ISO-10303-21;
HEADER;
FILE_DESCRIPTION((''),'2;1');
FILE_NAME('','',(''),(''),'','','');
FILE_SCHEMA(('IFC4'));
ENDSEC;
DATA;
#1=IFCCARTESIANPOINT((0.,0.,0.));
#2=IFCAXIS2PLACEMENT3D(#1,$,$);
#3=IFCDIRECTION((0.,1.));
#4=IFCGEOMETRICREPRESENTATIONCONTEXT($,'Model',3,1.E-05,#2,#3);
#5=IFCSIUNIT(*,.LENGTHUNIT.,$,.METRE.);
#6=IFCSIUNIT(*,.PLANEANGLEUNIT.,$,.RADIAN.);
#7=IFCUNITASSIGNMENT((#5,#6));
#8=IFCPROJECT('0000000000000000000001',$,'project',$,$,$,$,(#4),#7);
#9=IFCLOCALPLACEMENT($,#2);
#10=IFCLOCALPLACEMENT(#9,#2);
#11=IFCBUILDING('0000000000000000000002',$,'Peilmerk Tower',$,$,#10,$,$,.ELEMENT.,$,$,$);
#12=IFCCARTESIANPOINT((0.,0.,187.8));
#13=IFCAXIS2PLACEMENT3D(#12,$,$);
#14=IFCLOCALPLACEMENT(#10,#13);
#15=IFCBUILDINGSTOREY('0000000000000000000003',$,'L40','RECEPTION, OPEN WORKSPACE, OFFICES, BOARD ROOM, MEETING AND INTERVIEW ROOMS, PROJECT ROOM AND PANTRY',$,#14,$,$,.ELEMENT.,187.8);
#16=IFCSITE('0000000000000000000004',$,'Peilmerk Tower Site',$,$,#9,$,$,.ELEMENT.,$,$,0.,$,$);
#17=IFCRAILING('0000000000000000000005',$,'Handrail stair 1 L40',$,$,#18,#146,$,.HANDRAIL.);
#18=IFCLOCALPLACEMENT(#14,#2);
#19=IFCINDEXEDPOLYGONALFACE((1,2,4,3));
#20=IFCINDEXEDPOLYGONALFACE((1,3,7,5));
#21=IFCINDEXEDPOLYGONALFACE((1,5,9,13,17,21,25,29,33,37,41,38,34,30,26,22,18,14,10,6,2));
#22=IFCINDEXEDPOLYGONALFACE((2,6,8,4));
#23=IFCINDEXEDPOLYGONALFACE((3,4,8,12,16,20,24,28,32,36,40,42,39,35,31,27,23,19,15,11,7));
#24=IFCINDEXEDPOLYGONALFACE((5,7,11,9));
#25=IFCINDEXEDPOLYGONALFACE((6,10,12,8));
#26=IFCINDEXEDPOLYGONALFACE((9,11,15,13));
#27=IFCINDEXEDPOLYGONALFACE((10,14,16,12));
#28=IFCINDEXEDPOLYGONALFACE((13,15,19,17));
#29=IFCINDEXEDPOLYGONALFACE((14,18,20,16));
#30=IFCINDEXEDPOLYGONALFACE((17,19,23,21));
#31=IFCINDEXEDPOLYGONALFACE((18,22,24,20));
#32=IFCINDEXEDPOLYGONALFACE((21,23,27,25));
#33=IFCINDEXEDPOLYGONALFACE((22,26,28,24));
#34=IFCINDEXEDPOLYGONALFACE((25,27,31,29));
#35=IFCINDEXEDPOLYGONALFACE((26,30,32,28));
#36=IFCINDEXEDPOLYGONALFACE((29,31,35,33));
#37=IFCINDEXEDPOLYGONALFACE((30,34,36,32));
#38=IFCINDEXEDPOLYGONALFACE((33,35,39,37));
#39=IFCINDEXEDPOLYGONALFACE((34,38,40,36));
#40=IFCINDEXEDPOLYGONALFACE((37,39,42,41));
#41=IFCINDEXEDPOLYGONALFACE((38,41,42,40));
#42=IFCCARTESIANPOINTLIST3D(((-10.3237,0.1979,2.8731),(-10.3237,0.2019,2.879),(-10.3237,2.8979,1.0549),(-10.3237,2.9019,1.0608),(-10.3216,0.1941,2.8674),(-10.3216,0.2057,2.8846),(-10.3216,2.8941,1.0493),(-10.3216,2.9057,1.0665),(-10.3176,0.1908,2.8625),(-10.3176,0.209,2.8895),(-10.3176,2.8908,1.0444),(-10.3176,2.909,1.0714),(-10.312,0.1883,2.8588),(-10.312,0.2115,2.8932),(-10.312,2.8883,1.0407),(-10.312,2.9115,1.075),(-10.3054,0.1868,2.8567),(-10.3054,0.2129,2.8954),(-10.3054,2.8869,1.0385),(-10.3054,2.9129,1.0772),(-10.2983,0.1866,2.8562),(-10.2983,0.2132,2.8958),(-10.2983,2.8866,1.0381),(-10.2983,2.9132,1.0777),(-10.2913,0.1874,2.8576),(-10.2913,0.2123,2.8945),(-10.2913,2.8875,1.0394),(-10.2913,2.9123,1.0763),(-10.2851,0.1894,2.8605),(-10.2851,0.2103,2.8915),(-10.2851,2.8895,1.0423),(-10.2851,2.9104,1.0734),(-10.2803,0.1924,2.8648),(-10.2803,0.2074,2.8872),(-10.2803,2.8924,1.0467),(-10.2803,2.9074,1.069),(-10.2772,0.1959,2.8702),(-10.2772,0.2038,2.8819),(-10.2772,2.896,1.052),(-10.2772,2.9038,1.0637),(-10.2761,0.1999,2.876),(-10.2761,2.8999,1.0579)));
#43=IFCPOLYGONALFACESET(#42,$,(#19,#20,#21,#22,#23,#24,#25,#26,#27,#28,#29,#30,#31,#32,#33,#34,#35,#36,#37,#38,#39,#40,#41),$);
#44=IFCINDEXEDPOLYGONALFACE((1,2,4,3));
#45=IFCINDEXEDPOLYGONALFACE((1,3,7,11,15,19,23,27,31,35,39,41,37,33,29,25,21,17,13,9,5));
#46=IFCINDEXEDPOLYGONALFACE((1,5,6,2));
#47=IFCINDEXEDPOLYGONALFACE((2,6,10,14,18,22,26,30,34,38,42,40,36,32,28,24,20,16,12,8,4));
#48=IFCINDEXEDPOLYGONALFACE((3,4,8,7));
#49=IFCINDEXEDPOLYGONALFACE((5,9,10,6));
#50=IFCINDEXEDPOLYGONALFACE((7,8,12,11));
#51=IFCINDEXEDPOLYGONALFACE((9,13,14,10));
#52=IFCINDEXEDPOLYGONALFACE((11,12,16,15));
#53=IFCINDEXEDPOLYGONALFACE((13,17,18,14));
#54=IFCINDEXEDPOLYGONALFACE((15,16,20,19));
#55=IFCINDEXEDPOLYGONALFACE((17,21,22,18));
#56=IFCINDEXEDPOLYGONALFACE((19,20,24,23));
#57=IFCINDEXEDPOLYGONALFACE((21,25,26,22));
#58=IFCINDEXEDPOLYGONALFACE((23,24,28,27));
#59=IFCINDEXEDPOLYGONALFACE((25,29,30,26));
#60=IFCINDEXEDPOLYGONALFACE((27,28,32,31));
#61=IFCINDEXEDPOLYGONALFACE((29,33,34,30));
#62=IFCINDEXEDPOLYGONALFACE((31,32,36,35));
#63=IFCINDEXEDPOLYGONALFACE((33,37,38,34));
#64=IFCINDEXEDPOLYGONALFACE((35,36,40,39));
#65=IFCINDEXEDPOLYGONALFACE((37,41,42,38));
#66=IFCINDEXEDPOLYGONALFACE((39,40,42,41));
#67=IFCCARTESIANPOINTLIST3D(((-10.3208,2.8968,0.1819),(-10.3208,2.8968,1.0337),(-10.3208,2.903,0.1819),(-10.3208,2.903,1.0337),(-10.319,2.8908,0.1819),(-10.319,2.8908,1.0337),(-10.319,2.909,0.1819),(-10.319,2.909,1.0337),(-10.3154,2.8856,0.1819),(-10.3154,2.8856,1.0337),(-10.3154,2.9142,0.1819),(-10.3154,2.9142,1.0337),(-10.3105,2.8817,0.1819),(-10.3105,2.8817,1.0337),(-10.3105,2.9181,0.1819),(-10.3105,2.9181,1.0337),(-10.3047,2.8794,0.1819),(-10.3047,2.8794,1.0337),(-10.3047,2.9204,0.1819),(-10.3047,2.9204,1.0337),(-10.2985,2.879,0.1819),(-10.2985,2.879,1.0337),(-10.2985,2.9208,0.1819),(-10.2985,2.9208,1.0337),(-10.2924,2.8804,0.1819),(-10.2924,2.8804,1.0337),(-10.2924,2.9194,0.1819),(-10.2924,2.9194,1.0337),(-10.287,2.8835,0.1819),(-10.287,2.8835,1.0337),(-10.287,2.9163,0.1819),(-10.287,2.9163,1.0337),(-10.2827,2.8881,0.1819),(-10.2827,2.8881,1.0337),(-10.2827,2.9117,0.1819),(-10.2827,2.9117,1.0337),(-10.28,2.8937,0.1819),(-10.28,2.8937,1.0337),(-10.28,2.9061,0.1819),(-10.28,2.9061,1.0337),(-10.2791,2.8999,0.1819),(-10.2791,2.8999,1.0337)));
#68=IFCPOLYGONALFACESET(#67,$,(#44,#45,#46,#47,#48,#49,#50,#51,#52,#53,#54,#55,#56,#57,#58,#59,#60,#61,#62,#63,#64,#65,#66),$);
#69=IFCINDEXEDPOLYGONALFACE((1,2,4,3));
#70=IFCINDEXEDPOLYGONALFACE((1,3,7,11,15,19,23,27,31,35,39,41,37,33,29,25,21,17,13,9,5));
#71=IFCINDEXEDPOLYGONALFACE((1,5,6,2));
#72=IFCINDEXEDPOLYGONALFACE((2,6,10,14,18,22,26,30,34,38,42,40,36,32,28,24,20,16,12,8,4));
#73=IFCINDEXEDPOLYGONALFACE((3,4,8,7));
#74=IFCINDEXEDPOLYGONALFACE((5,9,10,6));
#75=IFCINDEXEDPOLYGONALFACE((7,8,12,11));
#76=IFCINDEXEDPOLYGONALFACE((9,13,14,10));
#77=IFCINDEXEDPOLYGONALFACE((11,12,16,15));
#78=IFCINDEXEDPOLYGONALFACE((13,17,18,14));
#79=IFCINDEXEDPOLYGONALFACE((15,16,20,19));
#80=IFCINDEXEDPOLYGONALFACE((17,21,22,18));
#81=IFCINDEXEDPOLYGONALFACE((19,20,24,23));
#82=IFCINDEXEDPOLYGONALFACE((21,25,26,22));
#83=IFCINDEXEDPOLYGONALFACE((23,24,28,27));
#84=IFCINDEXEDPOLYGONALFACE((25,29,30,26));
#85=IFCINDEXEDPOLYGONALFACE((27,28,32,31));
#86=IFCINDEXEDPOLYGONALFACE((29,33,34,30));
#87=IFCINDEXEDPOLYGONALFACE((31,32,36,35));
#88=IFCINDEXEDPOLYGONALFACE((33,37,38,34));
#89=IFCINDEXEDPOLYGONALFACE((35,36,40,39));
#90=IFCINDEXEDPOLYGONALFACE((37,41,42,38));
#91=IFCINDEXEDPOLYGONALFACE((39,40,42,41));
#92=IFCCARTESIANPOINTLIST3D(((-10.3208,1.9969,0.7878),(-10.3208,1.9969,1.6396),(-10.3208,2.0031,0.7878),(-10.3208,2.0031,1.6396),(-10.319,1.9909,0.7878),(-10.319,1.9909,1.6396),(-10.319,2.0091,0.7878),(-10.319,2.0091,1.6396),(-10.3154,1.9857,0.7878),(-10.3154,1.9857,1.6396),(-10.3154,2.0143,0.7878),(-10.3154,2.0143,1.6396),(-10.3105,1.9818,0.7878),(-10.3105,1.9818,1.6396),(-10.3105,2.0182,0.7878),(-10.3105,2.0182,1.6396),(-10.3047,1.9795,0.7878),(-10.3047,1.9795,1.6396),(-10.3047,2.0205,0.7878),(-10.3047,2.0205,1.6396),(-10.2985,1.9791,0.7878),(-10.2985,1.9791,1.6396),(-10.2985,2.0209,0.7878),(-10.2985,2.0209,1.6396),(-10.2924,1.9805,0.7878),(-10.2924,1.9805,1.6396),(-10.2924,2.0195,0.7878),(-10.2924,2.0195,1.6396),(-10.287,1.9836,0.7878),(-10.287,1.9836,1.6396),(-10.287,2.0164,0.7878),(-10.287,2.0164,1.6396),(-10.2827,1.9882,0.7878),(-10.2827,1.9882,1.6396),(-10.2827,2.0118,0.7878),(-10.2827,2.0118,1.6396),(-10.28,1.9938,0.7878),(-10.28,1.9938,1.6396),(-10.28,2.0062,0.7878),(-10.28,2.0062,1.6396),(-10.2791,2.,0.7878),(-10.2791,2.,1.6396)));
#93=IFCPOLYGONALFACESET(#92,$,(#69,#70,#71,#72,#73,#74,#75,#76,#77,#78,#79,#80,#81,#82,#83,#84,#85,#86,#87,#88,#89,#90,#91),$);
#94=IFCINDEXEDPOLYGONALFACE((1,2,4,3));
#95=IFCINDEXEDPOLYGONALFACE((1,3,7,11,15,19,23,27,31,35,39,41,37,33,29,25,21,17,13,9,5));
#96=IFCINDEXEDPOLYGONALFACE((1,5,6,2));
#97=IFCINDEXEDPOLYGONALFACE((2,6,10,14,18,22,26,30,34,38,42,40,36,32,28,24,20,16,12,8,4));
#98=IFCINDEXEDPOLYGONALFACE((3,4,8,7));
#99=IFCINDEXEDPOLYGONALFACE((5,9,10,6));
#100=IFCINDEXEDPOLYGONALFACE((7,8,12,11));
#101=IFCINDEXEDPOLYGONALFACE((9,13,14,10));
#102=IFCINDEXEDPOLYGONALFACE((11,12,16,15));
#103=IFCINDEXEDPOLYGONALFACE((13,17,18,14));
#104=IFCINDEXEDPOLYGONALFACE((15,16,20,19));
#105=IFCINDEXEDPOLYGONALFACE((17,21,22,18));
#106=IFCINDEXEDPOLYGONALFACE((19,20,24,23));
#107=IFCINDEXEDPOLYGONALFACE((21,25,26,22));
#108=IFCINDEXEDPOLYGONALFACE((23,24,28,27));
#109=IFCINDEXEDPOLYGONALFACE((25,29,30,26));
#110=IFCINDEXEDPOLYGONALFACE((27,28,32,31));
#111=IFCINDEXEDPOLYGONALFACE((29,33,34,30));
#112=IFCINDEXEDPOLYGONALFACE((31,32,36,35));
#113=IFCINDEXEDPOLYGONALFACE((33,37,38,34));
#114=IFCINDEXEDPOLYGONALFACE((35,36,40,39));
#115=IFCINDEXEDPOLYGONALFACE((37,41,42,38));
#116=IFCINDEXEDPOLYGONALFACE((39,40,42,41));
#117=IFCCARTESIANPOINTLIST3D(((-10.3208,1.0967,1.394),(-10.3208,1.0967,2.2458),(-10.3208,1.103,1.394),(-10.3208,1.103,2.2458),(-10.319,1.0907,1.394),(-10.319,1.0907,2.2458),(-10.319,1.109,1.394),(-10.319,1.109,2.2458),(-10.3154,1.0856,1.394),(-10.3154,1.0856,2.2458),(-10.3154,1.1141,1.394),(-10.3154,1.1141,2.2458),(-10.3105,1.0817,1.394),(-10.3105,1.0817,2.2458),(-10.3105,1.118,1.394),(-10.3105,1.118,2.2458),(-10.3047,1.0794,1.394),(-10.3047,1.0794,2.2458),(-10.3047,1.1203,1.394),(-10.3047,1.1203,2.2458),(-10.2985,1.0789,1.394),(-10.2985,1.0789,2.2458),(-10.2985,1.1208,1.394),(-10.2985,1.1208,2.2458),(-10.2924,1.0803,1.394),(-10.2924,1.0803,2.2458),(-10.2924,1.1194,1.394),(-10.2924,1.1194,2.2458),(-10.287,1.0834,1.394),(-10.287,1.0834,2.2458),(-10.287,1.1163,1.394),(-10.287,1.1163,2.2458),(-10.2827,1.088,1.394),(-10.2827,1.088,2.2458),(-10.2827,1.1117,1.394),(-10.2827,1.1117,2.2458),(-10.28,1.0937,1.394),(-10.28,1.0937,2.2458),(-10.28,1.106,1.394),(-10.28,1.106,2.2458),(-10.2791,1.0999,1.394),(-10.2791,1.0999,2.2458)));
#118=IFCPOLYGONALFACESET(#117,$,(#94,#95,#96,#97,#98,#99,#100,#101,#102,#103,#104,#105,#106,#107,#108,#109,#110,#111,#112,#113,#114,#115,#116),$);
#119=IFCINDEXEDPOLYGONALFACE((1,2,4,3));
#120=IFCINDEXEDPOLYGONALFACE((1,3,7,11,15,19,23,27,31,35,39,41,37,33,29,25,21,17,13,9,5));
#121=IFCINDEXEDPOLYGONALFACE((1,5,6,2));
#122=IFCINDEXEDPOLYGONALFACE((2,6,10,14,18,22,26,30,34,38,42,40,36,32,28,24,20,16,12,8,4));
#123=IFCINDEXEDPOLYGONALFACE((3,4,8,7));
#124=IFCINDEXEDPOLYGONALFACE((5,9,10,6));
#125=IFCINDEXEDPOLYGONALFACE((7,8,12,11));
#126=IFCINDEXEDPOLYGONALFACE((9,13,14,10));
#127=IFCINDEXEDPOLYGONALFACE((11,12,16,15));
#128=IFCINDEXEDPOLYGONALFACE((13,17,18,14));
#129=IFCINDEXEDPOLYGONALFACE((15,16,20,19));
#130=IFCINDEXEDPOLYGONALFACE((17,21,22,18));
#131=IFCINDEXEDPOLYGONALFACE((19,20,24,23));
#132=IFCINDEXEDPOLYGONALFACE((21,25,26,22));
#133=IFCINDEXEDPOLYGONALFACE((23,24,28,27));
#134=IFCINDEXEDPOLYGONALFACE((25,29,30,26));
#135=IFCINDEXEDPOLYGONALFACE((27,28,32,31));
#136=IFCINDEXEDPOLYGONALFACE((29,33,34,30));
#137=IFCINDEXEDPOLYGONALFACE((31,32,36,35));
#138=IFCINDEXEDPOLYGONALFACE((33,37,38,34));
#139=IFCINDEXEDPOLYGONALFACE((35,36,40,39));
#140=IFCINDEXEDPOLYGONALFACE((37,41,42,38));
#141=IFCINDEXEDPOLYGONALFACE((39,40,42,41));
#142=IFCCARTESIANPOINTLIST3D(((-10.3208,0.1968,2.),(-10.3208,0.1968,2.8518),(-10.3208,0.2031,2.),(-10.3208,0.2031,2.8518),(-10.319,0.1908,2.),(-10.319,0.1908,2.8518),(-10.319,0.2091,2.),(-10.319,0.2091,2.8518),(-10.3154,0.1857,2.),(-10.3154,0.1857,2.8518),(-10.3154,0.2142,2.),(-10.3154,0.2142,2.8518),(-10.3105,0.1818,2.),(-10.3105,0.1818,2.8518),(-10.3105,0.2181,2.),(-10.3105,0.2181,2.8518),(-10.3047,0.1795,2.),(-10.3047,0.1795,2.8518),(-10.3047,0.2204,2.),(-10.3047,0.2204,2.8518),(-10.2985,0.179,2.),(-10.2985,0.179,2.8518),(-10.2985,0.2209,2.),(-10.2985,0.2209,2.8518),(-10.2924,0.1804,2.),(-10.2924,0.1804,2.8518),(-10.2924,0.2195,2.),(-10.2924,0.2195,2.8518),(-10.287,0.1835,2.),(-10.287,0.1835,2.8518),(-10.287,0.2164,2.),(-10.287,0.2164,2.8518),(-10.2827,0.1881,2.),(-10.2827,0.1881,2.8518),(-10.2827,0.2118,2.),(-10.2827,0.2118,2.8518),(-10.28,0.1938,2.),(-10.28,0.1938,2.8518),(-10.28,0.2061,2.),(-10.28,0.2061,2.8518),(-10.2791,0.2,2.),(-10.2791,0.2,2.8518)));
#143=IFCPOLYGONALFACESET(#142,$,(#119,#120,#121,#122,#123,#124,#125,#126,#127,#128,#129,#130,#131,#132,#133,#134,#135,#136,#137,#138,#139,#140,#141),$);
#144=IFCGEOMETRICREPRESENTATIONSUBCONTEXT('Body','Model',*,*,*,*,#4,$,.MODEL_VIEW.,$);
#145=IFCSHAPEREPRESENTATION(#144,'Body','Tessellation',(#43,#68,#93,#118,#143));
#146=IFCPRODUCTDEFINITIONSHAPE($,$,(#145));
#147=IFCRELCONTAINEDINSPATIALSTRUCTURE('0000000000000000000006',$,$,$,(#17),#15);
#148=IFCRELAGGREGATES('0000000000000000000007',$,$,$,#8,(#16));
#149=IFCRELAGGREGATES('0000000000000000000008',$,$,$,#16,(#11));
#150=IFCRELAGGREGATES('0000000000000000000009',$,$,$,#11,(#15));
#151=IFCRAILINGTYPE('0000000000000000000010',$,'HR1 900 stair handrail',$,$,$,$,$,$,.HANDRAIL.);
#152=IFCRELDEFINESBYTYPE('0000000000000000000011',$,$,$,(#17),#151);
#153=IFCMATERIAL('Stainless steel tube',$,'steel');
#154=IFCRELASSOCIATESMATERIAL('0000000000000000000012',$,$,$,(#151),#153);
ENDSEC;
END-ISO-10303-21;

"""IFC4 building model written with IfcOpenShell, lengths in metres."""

from ifc_helpers import new_model, si_unit, direction, frame, origin, origin_2d, place, context, subcontext, project, spatial, circle, extrude, material, type_object, element, save


model = new_model("IFC4")

# Units and contexts
model_context = context("Model", 3, precision=1e-05, world=origin(), true_north=direction((0.0, 1.0)))
body_context = subcontext(model_context, "Body", "Model", "MODEL_VIEW")
ifc_project = project(units=[si_unit("LENGTHUNIT", "METRE"), si_unit("PLANEANGLEUNIT", "RADIAN")], contexts=[model_context])

# Site, building, storey
site_placement = place(None, origin())
site = spatial("IfcSite", under=ifc_project, at=site_placement, Name="Peilmerk Tower Site", CompositionType="ELEMENT", RefElevation=0.0)
building_placement = place(site_placement, origin())
building = spatial("IfcBuilding", under=site, at=building_placement, Name="Peilmerk Tower", CompositionType="ELEMENT")
storey_placement = place(building_placement, frame((0.0, 0.0, 187.8)))
storey = spatial("IfcBuildingStorey", under=building, at=storey_placement, Name="L40", Description="RECEPTION, OPEN WORKSPACE, OFFICES, BOARD ROOM, MEETING AND INTERVIEW ROOMS, PROJECT ROOM AND PANTRY", CompositionType="ELEMENT", Elevation=187.8)

# Railing
ifc_material_1 = material(Name="Stainless steel tube", Category="steel")
railing_type_1 = type_object("IfcRailingType", Name="HR1 900 stair handrail", PredefinedType="HANDRAIL", material=ifc_material_1)
railing_1_placement = place(storey_placement, frame((-10.3, 2.8999, 0.1819)))
element("IfcRailing", 1, at=railing_1_placement, inside=storey, type_object=railing_type_1, Name="Handrail stair 1 L40", PredefinedType="HANDRAIL", context=body_context, shape_type="SweptSolid", body=[
    extrude(circle(Radius=0.0239, at=origin_2d()), frame((0.0, 0.0, 0.876), z_axis=(0.0, -0.829468, 0.558554), x_axis=(1.0, 0.0, 0.0)), (0.0, 0.0, 1.0), 3.2551),
    extrude(circle(Radius=0.021, at=origin_2d()), origin(), (0.0, 0.0, 1.0), 0.8518),
    extrude(circle(Radius=0.021, at=origin_2d()), frame((0.0, -0.8999, 0.606)), (0.0, 0.0, 1.0), 0.8518),
    extrude(circle(Radius=0.021, at=origin_2d()), frame((0.0, -1.8, 1.2122)), (0.0, 0.0, 1.0), 0.8518),
    extrude(circle(Radius=0.021, at=origin_2d()), frame((0.0, -2.7, 1.8181)), (0.0, 0.0, 1.0), 0.8518),
])

save(model, "model.ifc")
